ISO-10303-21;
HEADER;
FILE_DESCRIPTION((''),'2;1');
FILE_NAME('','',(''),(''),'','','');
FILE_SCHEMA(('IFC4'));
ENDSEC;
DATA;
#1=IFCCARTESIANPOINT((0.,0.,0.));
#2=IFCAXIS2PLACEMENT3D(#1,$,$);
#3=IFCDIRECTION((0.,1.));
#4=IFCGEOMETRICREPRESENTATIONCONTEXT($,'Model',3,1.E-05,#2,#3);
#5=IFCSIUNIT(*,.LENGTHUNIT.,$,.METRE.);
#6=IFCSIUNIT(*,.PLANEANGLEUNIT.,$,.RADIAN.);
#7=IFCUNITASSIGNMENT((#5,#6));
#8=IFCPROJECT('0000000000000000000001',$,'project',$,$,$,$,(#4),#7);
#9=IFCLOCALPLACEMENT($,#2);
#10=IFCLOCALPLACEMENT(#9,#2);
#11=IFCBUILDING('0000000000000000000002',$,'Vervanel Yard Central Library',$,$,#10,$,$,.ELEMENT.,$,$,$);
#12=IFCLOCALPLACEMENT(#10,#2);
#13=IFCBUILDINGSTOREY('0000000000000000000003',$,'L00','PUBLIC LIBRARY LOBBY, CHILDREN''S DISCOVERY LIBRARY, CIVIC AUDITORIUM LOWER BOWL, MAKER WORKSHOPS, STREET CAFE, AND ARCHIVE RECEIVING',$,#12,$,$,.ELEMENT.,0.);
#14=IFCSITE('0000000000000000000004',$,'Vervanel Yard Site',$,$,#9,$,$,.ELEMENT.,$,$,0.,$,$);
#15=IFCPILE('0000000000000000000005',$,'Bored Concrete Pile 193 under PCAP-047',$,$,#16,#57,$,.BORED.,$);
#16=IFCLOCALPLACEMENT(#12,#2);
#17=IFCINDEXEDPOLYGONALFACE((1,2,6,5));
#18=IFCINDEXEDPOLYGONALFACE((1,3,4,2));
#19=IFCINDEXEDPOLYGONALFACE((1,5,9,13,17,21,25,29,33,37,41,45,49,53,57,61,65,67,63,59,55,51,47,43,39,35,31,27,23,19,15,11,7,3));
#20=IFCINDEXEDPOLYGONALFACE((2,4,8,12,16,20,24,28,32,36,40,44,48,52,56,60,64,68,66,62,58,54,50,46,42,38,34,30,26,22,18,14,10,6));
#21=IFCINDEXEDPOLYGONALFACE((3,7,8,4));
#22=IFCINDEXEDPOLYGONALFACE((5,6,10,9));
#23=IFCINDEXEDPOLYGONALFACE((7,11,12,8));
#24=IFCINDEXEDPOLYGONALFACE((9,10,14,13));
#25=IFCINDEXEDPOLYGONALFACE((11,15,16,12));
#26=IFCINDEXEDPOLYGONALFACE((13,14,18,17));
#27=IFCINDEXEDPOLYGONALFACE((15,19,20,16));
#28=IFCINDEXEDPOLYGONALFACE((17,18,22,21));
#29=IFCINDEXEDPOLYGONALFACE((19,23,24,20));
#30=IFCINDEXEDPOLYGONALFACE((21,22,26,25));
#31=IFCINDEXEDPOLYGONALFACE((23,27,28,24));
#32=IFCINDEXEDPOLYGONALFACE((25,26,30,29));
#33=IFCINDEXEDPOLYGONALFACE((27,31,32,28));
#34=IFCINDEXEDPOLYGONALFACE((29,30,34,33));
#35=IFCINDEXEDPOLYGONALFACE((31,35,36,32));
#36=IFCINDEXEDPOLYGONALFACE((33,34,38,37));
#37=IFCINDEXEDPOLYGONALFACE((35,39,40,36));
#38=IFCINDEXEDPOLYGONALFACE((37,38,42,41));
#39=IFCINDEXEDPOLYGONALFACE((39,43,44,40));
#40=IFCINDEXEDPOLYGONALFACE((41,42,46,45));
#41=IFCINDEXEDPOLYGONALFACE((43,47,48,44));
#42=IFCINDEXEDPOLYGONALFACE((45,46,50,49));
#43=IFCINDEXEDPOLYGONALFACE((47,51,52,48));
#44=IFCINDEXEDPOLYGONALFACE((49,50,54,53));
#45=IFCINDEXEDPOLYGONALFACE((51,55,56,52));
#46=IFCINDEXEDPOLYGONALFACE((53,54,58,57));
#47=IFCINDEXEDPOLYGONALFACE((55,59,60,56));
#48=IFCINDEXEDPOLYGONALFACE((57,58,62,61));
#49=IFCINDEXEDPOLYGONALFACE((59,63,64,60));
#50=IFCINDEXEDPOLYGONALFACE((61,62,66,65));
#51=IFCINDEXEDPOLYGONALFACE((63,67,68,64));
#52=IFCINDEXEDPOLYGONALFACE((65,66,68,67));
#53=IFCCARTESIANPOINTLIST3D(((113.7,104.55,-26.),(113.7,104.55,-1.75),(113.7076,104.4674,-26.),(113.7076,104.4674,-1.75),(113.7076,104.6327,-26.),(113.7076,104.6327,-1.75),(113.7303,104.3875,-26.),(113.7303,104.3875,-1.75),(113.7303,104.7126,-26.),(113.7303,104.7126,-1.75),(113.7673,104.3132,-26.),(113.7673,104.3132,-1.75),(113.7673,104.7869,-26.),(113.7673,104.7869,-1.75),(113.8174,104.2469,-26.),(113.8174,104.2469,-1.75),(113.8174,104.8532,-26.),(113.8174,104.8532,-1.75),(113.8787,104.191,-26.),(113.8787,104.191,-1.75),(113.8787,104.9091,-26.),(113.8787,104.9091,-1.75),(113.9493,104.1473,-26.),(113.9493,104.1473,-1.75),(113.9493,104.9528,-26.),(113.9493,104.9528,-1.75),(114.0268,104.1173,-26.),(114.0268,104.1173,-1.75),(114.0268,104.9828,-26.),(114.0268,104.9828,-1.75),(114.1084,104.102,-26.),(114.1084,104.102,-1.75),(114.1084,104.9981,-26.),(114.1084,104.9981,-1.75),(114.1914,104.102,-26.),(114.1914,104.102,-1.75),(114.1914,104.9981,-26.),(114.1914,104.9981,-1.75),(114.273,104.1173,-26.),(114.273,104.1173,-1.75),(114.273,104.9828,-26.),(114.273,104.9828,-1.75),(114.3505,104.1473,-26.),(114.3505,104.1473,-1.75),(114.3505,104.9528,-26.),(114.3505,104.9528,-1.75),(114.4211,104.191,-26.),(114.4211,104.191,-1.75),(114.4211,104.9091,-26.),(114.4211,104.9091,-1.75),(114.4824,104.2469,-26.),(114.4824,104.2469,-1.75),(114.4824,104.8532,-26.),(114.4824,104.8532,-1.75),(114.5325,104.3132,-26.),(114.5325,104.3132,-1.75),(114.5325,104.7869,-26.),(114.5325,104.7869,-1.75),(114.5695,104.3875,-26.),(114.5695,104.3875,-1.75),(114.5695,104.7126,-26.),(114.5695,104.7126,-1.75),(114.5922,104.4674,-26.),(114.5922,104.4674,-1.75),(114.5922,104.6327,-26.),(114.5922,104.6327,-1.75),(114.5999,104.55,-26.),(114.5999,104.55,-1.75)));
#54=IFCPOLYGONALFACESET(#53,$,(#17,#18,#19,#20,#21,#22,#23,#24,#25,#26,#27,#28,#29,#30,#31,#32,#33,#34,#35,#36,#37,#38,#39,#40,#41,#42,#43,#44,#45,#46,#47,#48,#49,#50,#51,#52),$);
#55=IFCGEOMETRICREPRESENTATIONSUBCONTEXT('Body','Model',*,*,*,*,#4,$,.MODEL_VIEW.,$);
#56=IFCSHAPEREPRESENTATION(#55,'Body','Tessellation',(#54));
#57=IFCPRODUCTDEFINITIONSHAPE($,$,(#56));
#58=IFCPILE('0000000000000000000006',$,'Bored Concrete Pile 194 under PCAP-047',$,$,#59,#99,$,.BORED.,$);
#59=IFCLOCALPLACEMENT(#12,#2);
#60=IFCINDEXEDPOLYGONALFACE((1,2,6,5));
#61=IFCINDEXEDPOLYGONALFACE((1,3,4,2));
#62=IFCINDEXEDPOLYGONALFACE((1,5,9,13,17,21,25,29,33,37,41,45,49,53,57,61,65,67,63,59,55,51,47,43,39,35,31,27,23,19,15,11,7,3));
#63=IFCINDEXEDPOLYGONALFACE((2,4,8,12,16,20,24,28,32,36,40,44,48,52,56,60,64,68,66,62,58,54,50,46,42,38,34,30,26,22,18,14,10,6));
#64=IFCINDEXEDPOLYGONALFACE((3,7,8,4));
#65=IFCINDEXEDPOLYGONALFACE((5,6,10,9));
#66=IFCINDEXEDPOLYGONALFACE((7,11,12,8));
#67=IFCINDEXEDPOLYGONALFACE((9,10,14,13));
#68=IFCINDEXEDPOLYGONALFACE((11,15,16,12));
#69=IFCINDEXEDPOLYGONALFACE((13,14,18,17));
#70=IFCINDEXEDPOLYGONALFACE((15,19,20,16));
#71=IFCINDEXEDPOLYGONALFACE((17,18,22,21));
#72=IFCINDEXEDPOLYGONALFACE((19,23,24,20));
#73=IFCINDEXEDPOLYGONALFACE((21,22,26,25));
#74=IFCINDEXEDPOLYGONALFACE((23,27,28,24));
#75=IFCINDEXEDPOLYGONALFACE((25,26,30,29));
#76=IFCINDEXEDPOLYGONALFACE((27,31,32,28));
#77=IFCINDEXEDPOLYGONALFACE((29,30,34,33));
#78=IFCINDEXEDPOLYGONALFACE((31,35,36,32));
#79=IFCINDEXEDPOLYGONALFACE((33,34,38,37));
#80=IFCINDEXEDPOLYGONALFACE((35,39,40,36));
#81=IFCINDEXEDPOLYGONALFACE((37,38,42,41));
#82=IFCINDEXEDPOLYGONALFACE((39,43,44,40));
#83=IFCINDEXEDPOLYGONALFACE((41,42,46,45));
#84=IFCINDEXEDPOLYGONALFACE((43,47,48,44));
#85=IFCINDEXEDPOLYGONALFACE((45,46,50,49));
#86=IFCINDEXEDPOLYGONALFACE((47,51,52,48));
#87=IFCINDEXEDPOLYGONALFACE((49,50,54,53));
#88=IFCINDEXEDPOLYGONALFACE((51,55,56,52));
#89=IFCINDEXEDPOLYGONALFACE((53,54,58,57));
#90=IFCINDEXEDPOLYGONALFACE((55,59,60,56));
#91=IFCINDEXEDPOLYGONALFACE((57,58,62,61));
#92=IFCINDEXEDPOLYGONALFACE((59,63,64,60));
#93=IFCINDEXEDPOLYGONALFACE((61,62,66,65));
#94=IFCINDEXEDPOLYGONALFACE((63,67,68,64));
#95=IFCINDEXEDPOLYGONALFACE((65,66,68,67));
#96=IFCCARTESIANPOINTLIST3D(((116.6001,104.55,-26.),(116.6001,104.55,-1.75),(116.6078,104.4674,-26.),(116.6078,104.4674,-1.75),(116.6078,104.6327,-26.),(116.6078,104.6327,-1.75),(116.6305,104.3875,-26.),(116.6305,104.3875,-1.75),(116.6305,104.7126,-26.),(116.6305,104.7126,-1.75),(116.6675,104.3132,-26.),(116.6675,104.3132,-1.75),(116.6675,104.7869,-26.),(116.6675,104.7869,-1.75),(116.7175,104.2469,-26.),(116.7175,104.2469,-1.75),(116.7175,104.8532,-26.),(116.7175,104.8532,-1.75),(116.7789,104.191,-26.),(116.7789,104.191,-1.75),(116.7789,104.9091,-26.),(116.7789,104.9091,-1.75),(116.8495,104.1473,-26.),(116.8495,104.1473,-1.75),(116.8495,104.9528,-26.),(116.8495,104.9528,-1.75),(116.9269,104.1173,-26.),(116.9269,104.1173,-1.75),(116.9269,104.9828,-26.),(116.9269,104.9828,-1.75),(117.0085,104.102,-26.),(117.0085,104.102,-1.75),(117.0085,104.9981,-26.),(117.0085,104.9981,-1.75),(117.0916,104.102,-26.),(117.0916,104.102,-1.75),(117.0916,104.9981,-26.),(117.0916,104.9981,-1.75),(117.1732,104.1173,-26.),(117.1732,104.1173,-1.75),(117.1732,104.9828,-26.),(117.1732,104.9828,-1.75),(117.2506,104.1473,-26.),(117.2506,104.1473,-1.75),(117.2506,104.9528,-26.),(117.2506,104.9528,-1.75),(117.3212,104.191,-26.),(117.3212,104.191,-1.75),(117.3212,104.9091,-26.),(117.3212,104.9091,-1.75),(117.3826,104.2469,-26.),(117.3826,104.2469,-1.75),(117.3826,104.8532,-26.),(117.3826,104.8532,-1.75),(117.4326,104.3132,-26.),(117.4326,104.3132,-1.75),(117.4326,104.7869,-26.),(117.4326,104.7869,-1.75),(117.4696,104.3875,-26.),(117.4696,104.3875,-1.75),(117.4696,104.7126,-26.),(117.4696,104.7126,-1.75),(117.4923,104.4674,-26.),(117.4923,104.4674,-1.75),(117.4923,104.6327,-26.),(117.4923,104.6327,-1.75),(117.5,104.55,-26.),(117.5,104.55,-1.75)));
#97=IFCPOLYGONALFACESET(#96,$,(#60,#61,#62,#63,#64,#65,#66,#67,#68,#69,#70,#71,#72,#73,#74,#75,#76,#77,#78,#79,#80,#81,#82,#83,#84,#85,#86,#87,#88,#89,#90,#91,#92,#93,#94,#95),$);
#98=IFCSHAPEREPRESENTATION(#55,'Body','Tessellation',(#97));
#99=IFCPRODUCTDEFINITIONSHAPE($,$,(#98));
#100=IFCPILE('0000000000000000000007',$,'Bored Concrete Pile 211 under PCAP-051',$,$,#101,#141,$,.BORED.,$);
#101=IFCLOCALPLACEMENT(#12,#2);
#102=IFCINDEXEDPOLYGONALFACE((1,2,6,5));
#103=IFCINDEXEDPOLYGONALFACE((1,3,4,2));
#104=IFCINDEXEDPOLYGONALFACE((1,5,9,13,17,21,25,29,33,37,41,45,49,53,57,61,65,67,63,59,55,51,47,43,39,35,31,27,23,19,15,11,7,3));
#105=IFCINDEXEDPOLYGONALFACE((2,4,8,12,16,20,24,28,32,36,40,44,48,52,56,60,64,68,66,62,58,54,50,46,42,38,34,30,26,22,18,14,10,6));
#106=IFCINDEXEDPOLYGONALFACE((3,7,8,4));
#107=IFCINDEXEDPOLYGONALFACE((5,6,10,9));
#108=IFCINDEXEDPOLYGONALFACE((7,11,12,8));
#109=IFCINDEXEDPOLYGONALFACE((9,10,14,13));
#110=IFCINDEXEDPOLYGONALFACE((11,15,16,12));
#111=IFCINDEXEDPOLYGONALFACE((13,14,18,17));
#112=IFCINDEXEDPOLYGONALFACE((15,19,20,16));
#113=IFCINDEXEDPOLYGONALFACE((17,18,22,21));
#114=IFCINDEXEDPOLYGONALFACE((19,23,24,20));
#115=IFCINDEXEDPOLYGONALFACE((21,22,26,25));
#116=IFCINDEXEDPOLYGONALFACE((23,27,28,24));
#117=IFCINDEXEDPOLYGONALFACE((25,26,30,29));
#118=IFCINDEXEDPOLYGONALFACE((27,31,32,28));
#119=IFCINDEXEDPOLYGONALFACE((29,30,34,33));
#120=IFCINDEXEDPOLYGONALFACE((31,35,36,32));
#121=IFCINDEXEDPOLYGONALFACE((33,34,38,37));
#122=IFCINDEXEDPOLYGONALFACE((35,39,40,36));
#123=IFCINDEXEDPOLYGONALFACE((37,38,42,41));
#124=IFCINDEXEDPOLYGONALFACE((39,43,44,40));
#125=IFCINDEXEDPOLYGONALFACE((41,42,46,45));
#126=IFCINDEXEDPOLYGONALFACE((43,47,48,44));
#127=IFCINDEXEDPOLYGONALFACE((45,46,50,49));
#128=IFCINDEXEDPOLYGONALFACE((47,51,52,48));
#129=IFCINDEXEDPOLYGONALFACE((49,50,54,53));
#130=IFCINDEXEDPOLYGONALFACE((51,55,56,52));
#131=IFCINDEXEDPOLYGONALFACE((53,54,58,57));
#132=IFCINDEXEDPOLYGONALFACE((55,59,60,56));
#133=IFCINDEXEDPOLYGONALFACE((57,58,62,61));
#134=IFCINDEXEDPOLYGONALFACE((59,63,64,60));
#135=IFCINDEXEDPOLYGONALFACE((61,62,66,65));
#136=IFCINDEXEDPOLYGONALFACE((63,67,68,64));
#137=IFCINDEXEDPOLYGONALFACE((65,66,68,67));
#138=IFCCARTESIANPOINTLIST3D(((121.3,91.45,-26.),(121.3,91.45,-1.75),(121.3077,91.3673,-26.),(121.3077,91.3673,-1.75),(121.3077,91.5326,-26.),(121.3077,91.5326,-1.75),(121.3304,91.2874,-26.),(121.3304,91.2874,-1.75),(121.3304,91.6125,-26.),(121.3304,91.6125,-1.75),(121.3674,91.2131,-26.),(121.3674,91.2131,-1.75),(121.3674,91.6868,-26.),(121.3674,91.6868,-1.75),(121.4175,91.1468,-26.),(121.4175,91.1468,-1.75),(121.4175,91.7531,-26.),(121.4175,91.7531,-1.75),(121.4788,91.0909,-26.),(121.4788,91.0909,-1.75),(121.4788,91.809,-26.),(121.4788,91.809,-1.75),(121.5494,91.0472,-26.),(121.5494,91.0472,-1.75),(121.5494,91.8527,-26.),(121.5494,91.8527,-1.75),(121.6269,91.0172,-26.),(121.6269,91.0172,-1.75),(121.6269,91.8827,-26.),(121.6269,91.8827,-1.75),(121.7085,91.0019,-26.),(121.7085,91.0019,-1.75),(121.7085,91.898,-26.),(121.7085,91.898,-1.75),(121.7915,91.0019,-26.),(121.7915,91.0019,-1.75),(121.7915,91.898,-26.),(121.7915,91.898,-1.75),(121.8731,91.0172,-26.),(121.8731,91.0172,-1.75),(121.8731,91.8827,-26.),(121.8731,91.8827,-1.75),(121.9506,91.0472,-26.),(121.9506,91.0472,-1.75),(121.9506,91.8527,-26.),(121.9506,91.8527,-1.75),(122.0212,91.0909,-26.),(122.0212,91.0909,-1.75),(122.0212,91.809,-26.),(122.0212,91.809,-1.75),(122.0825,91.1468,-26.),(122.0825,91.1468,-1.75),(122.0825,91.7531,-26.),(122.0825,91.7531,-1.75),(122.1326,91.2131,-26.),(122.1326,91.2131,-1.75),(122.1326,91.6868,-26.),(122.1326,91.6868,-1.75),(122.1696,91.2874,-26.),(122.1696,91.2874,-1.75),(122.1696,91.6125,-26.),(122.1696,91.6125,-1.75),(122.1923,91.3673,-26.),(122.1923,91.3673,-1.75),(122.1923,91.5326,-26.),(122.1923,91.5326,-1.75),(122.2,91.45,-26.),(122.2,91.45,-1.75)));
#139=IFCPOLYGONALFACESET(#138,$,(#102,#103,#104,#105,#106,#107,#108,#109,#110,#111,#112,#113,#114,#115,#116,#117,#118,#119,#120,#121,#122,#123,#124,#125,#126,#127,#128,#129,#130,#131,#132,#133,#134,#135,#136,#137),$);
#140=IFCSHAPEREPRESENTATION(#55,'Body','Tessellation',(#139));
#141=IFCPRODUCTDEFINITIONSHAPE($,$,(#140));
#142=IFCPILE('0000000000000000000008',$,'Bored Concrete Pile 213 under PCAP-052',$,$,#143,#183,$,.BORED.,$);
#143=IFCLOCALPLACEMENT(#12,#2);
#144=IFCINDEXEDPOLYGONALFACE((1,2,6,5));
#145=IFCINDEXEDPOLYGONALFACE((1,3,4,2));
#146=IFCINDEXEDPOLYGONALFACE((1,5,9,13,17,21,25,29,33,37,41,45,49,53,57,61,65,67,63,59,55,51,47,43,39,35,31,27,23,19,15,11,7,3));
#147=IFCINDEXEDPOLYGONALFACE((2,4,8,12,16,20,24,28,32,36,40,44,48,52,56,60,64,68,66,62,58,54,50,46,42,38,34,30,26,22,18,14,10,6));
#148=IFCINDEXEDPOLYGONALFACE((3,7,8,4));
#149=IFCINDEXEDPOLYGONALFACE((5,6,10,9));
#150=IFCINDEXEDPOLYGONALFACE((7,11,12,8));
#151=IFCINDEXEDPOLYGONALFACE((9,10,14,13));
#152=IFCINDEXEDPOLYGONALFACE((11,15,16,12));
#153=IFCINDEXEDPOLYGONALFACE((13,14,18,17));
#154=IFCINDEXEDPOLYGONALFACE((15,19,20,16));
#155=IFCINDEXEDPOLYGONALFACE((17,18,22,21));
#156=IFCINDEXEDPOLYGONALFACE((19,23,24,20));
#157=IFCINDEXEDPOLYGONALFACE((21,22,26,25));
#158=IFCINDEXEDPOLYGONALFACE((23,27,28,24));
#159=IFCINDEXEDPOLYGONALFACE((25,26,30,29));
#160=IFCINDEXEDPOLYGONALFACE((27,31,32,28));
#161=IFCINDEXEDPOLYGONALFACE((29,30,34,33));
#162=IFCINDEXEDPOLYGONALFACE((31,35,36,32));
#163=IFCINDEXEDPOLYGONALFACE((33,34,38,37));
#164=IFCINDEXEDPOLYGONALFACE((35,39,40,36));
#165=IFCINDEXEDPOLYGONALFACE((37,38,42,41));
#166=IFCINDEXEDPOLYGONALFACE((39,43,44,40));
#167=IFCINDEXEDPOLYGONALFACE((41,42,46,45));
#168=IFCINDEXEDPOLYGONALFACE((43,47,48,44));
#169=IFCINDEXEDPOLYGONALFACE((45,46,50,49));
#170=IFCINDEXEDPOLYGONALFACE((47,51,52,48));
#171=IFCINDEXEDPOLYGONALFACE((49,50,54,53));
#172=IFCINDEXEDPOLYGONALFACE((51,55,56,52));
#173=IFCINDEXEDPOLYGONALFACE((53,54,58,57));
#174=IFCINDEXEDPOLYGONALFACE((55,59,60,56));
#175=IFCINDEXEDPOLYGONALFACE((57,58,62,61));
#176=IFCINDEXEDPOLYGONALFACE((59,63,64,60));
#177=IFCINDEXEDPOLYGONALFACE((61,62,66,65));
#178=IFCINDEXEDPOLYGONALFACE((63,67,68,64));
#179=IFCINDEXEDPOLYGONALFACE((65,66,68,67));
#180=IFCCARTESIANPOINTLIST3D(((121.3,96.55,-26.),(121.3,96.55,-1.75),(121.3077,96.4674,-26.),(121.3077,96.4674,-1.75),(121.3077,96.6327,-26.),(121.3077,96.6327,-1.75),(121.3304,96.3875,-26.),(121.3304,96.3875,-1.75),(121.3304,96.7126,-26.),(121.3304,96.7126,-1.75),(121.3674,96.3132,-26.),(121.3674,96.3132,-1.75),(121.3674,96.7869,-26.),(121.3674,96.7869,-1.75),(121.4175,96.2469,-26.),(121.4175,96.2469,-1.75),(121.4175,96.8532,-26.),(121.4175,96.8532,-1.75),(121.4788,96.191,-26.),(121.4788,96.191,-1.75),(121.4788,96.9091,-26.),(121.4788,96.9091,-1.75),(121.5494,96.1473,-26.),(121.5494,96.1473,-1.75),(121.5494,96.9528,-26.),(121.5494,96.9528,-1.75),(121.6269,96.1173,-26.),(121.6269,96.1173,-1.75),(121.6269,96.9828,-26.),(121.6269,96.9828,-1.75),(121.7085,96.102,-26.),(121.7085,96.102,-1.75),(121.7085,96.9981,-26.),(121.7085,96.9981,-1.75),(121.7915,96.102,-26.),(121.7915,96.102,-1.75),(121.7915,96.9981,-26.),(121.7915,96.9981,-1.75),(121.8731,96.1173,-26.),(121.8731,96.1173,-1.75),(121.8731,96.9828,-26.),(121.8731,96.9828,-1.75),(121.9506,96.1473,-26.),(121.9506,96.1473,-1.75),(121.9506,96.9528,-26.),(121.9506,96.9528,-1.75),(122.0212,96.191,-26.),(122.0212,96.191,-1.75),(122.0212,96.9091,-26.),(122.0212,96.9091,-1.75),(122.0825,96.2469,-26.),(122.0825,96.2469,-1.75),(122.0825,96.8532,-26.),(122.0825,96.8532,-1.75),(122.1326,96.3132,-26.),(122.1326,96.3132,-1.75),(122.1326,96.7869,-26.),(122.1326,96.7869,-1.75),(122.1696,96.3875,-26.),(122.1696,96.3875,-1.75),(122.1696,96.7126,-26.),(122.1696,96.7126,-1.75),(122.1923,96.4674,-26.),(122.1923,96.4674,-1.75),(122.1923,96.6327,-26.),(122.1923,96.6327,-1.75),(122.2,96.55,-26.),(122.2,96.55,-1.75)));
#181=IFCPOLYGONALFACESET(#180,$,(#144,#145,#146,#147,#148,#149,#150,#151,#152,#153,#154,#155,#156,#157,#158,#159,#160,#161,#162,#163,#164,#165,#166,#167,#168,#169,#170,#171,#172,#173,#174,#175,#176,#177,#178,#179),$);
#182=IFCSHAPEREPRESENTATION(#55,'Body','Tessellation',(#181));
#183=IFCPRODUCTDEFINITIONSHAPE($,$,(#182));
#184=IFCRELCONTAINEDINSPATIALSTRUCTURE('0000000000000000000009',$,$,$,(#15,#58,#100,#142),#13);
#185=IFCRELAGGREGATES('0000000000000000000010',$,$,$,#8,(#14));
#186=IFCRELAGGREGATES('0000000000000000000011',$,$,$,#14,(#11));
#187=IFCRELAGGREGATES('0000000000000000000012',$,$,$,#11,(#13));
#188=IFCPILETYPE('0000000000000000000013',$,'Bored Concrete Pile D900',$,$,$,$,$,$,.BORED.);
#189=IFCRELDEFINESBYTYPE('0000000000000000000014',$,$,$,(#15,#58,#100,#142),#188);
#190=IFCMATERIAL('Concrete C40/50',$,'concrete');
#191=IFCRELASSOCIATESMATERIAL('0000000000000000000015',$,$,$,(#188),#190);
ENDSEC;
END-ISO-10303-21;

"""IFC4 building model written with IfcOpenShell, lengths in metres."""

from ifc_helpers import new_model, si_unit, direction, frame, origin, origin_2d, place, context, subcontext, project, spatial, circle, extrude, material, material_profile, profile_set, type_object, element, save


model = new_model("IFC4")

# Units and contexts
model_context = context("Model", 3, precision=1e-05, world=origin(), true_north=direction((0.0, 1.0)))
body_context = subcontext(model_context, "Body", "Model", "MODEL_VIEW")
ifc_project = project(units=[si_unit("LENGTHUNIT", "METRE"), si_unit("PLANEANGLEUNIT", "RADIAN")], contexts=[model_context])

# Site, building, storey
site_placement = place(None, origin())
site = spatial("IfcSite", under=ifc_project, at=site_placement, Name="Vervanel Yard Site", CompositionType="ELEMENT", RefElevation=0.0)
building_placement = place(site_placement, origin())
building = spatial("IfcBuilding", under=site, at=building_placement, Name="Vervanel Yard Central Library", CompositionType="ELEMENT")
storey_placement = place(building_placement, origin())
storey = spatial("IfcBuildingStorey", under=building, at=storey_placement, Name="L00", Description="PUBLIC LIBRARY LOBBY, CHILDREN'S DISCOVERY LIBRARY, CIVIC AUDITORIUM LOWER BOWL, MAKER WORKSHOPS, STREET CAFE, AND ARCHIVE RECEIVING", CompositionType="ELEMENT", Elevation=0.0)

# Piles
ifc_material_1 = material(Name="Concrete C40/50", Category="concrete")
ifc_material_profile_1 = material_profile(ifc_material_1, circle(Radius=0.45, at=origin_2d()), Name="BP D900", Category="concrete")
ifc_profile_set_1 = profile_set([ifc_material_profile_1], Name="Concrete C40/50")
pile_type = type_object("IfcPileType", Name="Bored Concrete Pile D900", PredefinedType="BORED", material=ifc_profile_set_1)
for number, where, z_axis, x_axis, name in (
    (1, (114.1499, 104.55, -1.75), (0.0, 0.0, -1.0), (1.0, 0.0, 0.0), "Bored Concrete Pile 193 under PCAP-047"),
    (2, (117.05, 104.55, -1.75), (0.0, 0.0, -1.0), (1.0, 0.0, 0.0), "Bored Concrete Pile 194 under PCAP-047"),
    (3, (121.75, 91.45, -1.75), (0.0, 0.0, -1.0), (1.0, 0.0, 0.0), "Bored Concrete Pile 211 under PCAP-051"),
    (4, (121.75, 96.55, -1.75), (0.0, 0.0, -1.0), (1.0, 0.0, 0.0), "Bored Concrete Pile 213 under PCAP-052"),
):
    element("IfcPile", number, at=place(storey_placement, frame(where, z_axis=z_axis, x_axis=x_axis)), inside=storey, type_object=pile_type, Name=name, PredefinedType="BORED", context=body_context, shape_type="SweptSolid", body=[
        extrude(circle(Radius=0.45, at=origin_2d()), origin(), (0.0, 0.0, 1.0), 24.25),
    ])

save(model, "model.ifc")
